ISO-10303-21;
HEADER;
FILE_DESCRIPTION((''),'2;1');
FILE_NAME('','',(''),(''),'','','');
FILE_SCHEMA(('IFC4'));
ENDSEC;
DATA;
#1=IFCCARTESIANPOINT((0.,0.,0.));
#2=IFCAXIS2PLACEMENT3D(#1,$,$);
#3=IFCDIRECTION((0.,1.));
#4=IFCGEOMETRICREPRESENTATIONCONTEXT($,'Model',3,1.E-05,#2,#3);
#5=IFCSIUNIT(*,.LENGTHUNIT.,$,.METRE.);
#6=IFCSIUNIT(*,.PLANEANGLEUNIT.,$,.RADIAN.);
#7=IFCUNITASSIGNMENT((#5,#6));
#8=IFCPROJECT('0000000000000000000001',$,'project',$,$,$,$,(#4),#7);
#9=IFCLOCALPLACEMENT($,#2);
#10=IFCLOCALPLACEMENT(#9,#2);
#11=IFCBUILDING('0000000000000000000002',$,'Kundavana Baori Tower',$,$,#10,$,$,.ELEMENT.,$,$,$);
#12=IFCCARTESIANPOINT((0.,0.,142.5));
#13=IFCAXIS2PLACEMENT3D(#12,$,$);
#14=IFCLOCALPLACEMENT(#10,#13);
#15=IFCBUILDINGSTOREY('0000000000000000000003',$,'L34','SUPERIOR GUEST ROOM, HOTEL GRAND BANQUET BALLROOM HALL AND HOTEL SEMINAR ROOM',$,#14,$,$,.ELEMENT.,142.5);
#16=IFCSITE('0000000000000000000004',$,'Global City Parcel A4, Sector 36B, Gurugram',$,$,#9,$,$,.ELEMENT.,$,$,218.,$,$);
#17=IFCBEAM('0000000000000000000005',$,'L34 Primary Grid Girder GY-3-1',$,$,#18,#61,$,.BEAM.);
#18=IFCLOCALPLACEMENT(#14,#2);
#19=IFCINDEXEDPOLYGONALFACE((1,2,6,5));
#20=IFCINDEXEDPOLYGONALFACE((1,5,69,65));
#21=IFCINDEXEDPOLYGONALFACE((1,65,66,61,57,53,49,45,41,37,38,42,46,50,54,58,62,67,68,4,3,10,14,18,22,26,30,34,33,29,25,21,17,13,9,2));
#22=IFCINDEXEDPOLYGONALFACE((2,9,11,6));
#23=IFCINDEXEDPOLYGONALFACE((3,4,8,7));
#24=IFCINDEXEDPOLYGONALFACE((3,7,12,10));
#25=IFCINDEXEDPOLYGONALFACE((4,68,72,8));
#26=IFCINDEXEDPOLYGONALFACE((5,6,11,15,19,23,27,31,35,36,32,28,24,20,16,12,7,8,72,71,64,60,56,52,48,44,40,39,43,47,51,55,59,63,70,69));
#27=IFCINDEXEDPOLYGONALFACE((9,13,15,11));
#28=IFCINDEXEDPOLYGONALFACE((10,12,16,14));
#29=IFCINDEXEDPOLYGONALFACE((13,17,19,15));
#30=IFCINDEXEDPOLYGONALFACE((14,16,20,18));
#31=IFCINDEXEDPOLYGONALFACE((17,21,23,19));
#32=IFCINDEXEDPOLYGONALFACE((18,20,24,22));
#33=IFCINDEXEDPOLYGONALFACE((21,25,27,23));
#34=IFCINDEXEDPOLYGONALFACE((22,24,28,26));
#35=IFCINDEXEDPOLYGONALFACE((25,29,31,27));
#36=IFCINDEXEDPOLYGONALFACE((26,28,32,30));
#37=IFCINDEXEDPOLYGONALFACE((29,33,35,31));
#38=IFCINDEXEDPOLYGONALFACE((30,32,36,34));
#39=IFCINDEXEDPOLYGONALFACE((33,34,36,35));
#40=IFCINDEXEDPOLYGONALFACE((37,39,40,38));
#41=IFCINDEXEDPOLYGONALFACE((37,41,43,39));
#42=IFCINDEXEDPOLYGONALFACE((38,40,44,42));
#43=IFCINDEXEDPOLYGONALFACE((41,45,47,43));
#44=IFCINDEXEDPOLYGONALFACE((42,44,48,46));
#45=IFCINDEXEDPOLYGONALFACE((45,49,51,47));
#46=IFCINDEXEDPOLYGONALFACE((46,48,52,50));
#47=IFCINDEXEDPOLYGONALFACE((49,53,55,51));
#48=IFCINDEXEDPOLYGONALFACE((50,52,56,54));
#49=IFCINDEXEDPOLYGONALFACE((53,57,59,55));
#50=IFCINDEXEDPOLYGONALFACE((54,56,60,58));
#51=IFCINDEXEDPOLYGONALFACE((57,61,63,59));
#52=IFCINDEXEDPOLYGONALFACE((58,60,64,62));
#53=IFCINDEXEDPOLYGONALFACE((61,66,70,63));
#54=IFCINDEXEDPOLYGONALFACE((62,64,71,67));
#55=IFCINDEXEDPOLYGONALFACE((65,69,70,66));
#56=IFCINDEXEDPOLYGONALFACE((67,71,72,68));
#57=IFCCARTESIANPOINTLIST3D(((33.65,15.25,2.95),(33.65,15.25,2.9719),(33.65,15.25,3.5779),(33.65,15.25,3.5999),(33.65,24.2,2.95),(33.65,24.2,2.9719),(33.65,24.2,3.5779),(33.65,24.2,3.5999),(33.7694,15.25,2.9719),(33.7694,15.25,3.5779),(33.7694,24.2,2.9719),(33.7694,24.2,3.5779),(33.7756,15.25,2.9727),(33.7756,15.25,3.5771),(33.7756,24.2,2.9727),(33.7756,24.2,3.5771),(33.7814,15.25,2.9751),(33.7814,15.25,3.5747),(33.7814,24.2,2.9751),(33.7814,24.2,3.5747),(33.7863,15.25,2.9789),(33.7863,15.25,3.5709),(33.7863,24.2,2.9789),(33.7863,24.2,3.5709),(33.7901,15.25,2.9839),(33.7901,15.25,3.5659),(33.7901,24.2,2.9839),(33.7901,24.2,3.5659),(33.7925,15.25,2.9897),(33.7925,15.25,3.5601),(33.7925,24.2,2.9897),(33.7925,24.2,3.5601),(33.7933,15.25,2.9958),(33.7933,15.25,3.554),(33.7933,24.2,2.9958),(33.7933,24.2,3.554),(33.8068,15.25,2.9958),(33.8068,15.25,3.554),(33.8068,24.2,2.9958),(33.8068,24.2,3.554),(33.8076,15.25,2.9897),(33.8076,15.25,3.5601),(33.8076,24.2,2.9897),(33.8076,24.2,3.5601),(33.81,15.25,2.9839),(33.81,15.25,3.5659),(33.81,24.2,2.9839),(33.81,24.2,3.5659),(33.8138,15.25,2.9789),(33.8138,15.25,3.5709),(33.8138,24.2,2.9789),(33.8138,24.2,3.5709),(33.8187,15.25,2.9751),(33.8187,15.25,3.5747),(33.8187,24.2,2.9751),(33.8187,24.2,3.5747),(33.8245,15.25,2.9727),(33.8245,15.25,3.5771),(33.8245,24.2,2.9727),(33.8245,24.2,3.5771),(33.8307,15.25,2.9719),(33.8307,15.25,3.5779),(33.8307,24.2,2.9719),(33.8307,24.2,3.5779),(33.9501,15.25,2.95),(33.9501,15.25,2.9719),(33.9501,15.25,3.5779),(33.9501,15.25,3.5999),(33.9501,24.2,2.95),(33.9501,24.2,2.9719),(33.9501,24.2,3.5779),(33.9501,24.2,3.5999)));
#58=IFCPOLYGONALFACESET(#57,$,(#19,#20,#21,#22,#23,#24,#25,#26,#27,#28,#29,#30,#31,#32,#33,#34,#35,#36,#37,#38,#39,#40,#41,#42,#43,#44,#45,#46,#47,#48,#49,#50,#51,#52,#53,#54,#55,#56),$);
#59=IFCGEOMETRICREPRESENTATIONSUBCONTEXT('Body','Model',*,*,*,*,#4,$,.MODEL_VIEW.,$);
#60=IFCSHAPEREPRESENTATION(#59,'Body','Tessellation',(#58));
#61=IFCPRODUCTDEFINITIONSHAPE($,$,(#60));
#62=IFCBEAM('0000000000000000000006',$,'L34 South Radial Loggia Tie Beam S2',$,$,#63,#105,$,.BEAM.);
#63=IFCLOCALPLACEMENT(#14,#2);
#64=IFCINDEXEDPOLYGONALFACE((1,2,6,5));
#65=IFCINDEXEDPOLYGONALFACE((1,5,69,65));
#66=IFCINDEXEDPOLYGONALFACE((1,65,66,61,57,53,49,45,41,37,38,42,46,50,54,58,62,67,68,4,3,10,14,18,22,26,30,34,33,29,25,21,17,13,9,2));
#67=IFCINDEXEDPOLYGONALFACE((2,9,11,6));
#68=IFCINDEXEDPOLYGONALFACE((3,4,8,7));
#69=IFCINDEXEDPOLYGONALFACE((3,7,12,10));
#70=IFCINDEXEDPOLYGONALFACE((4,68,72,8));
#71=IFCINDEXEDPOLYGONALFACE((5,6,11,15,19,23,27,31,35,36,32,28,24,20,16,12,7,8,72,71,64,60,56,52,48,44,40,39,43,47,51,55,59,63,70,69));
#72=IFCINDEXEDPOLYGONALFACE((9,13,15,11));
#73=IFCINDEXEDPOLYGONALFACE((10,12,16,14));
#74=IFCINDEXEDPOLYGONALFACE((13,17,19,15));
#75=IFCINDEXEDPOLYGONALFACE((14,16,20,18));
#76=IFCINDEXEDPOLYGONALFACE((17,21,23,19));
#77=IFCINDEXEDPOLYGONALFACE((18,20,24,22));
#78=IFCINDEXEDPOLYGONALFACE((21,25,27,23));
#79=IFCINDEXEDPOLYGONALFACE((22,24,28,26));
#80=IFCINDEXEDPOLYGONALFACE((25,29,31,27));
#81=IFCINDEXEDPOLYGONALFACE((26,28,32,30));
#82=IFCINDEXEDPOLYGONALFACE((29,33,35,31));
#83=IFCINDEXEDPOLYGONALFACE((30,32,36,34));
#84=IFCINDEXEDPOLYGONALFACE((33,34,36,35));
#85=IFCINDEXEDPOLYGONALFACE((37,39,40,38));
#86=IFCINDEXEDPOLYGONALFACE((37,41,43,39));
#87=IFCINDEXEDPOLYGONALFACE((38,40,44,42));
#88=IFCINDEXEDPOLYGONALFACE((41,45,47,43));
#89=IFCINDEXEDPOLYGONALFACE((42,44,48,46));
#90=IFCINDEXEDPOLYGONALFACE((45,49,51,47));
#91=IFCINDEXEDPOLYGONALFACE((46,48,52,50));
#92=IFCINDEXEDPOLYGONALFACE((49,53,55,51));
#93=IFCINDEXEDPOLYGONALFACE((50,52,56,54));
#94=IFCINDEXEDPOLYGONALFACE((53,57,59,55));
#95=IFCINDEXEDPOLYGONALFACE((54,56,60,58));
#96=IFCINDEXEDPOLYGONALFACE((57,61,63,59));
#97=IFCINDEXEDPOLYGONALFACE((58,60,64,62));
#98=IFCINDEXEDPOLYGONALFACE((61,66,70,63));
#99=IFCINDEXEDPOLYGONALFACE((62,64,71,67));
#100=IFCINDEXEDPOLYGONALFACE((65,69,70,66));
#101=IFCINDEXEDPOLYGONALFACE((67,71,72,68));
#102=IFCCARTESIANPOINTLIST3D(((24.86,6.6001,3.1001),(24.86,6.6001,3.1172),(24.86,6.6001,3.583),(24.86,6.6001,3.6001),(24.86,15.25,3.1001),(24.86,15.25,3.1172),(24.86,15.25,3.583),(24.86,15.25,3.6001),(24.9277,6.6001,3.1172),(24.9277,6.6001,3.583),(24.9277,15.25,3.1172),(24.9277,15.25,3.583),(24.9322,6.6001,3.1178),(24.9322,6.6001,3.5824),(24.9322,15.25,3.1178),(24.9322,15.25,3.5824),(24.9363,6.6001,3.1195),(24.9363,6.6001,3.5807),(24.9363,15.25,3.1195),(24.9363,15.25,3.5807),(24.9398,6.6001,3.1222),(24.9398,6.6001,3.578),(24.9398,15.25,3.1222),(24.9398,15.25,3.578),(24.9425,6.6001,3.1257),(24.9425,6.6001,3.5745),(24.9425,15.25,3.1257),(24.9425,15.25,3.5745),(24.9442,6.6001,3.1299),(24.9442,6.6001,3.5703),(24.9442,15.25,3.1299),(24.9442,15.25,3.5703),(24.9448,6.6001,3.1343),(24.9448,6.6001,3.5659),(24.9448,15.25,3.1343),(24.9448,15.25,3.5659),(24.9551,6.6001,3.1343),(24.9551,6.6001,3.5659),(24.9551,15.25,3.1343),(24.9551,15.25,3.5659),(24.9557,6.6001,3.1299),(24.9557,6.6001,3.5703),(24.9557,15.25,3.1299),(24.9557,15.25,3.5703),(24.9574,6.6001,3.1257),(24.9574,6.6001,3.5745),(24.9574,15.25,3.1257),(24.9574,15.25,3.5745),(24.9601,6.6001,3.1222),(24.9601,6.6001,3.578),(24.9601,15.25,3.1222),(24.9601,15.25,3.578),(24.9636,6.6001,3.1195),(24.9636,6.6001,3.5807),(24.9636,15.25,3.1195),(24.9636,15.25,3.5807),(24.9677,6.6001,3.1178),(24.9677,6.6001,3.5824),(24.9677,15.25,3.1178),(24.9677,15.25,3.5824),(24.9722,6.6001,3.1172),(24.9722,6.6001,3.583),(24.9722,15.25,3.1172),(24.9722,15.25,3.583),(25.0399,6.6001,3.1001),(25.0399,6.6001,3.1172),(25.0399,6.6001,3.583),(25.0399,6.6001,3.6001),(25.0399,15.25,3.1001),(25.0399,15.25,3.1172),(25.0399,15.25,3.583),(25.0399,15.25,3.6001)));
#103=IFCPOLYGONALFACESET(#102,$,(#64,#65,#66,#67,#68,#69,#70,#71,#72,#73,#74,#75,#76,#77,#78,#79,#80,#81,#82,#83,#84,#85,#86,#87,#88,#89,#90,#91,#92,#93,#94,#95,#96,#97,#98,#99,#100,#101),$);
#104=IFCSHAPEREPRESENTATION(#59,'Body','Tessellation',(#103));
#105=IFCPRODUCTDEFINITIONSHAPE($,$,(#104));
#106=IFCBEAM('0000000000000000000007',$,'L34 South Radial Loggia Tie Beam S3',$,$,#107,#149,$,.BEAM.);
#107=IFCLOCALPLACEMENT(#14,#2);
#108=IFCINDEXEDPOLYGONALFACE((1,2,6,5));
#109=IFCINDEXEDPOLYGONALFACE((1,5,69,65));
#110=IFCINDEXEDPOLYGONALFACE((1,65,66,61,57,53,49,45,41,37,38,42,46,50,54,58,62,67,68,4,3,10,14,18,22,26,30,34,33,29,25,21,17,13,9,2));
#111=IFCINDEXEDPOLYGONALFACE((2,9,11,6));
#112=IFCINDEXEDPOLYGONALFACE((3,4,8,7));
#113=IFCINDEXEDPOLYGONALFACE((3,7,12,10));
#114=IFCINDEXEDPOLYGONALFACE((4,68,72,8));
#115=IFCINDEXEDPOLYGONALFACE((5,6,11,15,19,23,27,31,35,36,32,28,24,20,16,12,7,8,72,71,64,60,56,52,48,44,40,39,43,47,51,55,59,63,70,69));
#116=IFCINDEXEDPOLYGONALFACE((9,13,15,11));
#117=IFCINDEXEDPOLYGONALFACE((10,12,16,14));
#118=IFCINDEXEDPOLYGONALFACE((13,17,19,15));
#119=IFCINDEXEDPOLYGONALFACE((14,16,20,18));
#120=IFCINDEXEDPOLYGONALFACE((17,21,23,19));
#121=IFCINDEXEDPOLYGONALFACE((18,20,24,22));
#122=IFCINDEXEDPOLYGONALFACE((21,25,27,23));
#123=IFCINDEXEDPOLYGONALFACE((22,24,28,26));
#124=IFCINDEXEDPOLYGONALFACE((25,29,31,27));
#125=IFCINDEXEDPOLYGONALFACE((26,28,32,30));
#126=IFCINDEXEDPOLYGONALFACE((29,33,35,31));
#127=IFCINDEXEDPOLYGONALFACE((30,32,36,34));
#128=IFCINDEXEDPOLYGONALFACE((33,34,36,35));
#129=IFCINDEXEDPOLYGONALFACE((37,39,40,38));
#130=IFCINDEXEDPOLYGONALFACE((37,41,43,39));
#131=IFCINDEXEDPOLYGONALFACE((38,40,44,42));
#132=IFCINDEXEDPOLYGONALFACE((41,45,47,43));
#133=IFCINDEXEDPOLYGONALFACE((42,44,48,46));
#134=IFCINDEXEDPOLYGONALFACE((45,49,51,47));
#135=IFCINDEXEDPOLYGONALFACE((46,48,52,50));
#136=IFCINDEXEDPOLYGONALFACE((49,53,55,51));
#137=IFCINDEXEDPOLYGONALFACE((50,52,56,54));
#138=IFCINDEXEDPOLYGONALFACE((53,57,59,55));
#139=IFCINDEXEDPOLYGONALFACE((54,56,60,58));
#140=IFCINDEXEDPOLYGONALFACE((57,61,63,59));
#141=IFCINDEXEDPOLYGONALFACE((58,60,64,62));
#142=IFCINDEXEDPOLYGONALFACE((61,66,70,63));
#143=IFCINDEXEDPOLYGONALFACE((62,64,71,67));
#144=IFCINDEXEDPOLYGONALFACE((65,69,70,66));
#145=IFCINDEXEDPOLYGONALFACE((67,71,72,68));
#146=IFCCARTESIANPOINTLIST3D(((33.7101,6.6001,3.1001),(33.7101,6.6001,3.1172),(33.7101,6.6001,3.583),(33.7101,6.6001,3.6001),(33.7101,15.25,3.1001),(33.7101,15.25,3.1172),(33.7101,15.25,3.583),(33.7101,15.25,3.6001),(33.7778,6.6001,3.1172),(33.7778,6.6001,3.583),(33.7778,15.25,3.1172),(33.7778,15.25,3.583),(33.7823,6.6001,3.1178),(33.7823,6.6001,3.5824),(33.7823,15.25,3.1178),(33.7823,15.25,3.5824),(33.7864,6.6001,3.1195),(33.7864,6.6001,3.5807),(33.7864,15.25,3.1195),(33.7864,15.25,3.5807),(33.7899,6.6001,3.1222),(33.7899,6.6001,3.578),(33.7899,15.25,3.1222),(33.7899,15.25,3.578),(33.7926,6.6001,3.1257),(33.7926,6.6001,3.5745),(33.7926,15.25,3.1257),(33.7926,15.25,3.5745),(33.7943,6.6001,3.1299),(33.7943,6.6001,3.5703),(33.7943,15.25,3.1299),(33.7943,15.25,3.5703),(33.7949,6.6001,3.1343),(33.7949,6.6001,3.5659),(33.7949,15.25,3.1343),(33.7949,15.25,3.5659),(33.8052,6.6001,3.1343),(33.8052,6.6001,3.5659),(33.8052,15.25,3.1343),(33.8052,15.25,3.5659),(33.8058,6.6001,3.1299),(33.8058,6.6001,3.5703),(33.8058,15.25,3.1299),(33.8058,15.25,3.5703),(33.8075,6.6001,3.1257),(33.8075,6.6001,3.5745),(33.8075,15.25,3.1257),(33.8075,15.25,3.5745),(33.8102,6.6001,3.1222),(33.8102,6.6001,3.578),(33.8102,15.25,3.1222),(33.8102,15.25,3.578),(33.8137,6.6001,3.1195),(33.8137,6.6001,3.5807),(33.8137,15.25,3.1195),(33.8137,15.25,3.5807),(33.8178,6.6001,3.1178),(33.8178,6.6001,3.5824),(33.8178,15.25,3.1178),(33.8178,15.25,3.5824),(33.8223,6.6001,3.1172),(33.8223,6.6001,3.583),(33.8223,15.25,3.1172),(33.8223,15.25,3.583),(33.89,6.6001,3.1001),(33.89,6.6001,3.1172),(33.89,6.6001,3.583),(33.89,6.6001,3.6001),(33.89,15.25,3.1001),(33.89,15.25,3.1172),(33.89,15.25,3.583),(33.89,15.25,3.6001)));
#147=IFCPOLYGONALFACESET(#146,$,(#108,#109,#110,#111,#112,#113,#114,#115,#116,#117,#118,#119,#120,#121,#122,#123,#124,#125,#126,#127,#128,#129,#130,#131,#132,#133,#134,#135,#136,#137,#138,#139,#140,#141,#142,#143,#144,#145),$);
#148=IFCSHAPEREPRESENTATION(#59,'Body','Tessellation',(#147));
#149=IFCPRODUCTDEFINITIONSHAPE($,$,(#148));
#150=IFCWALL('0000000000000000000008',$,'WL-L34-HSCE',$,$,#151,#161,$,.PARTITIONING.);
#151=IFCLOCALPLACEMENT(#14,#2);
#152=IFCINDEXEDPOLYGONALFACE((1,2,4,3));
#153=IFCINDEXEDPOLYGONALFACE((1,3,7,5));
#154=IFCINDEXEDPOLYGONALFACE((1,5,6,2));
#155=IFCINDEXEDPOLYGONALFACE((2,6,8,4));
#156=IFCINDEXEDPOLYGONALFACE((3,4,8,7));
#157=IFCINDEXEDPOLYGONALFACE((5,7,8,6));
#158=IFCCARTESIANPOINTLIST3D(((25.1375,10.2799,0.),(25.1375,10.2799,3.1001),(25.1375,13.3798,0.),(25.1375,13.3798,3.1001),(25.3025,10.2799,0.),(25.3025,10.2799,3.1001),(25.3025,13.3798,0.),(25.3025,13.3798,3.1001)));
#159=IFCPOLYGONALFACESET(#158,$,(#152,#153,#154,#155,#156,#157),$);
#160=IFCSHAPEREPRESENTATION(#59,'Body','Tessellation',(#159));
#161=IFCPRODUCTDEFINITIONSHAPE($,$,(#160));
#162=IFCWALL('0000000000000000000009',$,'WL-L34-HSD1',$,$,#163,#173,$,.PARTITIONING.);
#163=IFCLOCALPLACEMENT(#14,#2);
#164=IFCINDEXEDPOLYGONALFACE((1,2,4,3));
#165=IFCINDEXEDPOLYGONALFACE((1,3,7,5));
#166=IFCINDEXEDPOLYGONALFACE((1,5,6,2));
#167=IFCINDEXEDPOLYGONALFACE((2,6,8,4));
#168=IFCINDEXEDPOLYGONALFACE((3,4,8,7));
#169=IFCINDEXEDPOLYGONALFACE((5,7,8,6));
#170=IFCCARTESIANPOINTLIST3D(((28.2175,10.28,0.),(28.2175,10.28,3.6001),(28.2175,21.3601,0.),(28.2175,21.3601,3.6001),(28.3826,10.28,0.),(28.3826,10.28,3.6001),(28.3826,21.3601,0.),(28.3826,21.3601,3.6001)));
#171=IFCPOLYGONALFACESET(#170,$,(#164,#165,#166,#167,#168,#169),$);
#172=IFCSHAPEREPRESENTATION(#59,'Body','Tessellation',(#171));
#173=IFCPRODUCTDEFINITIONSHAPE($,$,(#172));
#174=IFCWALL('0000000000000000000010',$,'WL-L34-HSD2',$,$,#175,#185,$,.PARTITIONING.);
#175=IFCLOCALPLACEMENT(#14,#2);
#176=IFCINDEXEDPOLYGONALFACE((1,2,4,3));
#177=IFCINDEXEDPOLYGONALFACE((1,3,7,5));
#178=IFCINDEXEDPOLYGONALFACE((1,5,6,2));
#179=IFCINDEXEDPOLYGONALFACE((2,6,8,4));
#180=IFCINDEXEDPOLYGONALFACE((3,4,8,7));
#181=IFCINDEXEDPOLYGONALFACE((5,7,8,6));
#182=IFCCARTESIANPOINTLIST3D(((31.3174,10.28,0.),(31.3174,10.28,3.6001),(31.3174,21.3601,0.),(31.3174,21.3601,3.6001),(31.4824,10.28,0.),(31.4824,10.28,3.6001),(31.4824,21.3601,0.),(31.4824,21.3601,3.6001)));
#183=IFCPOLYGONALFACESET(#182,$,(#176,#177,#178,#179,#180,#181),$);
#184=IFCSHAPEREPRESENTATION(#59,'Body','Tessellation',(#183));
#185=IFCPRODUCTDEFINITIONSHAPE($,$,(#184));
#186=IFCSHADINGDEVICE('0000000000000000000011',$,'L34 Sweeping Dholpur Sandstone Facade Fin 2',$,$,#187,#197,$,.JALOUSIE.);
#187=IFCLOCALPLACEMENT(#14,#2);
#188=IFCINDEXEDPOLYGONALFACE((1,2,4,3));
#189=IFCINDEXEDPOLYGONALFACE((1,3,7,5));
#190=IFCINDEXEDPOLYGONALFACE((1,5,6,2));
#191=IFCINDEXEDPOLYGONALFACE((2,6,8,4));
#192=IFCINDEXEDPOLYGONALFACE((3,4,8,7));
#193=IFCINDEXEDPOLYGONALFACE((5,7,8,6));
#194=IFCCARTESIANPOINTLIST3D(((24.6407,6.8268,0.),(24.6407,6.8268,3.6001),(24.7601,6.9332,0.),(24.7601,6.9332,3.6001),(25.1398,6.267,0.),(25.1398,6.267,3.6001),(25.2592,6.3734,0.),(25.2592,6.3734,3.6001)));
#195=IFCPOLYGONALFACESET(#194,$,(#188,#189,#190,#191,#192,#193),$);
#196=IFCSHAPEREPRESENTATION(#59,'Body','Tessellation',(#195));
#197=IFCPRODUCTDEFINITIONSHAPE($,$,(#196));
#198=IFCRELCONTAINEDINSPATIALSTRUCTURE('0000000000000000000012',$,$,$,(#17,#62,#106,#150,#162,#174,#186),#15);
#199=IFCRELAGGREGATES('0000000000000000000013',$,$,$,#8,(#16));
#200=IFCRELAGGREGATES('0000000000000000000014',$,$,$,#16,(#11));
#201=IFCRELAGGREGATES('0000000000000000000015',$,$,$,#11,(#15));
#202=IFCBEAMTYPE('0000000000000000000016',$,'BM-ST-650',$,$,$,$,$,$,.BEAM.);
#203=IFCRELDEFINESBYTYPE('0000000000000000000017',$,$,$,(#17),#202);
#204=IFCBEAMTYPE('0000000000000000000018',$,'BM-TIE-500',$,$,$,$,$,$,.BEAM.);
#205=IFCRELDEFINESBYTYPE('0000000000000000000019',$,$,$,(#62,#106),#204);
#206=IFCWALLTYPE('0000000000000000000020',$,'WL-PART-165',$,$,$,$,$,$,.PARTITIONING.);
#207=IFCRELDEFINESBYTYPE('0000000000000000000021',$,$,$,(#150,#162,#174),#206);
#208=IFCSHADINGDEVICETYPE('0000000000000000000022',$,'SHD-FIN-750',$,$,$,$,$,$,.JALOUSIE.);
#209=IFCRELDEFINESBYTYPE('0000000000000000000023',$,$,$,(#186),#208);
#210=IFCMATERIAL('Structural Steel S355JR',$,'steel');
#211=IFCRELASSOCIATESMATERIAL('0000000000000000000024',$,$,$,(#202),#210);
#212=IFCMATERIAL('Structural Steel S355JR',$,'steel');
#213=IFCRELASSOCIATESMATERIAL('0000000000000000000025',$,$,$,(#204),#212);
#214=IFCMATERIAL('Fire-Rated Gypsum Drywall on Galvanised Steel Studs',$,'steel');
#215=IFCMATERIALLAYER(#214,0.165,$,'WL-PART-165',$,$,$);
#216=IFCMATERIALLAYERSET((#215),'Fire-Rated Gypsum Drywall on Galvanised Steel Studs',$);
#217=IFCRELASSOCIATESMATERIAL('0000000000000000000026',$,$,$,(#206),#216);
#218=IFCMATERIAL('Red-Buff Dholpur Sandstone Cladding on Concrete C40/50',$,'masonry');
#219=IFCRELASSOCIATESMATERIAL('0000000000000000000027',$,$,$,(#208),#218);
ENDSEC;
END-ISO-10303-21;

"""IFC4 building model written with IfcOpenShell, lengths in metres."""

from ifc_helpers import new_model, si_unit, direction, frame, frame_2d, origin, origin_2d, place, context, subcontext, project, spatial, rectangle, i_section, extrude, material, layer, layer_set, material_profile, profile_set, type_object, element, save


model = new_model("IFC4")

# Units and contexts
model_context = context("Model", 3, precision=1e-05, world=origin(), true_north=direction((0.0, 1.0)))
body_context = subcontext(model_context, "Body", "Model", "MODEL_VIEW")
ifc_project = project(units=[si_unit("LENGTHUNIT", "METRE"), si_unit("PLANEANGLEUNIT", "RADIAN")], contexts=[model_context])

# Site, building, storey
site_placement = place(None, origin())
site = spatial("IfcSite", under=ifc_project, at=site_placement, Name="Global City Parcel A4, Sector 36B, Gurugram", CompositionType="ELEMENT", RefElevation=218.0)
building_placement = place(site_placement, origin())
building = spatial("IfcBuilding", under=site, at=building_placement, Name="Kundavana Baori Tower", CompositionType="ELEMENT")
storey_placement = place(building_placement, frame((0.0, 0.0, 142.5)))
storey = spatial("IfcBuildingStorey", under=building, at=storey_placement, Name="L34", Description="SUPERIOR GUEST ROOM, HOTEL GRAND BANQUET BALLROOM HALL AND HOTEL SEMINAR ROOM", CompositionType="ELEMENT", Elevation=142.5)

# Beams
ifc_material_1 = material(Name="Structural Steel S355JR", Category="steel")
ifc_material_profile_1 = material_profile(ifc_material_1, i_section(OverallWidth=0.3, OverallDepth=0.6499, WebThickness=0.0134, FlangeThickness=0.022, FilletRadius=0.0239, at=origin_2d()), Name="NPB 650x300x155")
ifc_profile_set_1 = profile_set([ifc_material_profile_1], Name="Structural Steel S355JR")
beam_type_1 = type_object("IfcBeamType", Name="BM-ST-650", PredefinedType="BEAM", material=ifc_profile_set_1)
beam_1_placement = place(storey_placement, frame((33.8, 15.25, 3.2749), z_axis=(0.0, 1.0, 0.0), x_axis=(-1.0, 0.0, 0.0)))
element("IfcBeam", 1, at=beam_1_placement, inside=storey, type_object=beam_type_1, Name="L34 Primary Grid Girder GY-3-1", PredefinedType="BEAM", context=body_context, shape_type="SweptSolid", body=[
    extrude(i_section(OverallWidth=0.3, OverallDepth=0.6499, WebThickness=0.0134, FlangeThickness=0.022, FilletRadius=0.0239, at=origin_2d()), origin(), (0.0, 0.0, 1.0), 8.95),
])
ifc_material_2 = material(Name="Structural Steel S355JR", Category="steel")
ifc_material_profile_2 = material_profile(ifc_material_2, i_section(OverallWidth=0.1799, OverallDepth=0.5, WebThickness=0.0103, FlangeThickness=0.0171, FilletRadius=0.0171, at=origin_2d()), Name="ISMB 500")
ifc_profile_set_2 = profile_set([ifc_material_profile_2], Name="Structural Steel S355JR")
beam_type_2 = type_object("IfcBeamType", Name="BM-TIE-500", PredefinedType="BEAM", material=ifc_profile_set_2)
for number, where, z_axis, x_axis, name in (
    (2, (24.95, 15.25, 3.3501), (0.0, -1.0, 0.0), (1.0, 0.0, 0.0), "L34 South Radial Loggia Tie Beam S2"),
    (3, (33.8, 15.25, 3.3501), (0.0, -1.0, 0.0), (1.0, 0.0, 0.0), "L34 South Radial Loggia Tie Beam S3"),
):
    element("IfcBeam", number, at=place(storey_placement, frame(where, z_axis=z_axis, x_axis=x_axis)), inside=storey, type_object=beam_type_2, Name=name, PredefinedType="BEAM", context=body_context, shape_type="SweptSolid", body=[
        extrude(i_section(OverallWidth=0.1799, OverallDepth=0.5, WebThickness=0.0103, FlangeThickness=0.0171, FilletRadius=0.0171, at=origin_2d()), origin(), (0.0, 0.0, 1.0), 8.6499),
    ])

# Walls
ifc_material_3 = material(Name="Fire-Rated Gypsum Drywall on Galvanised Steel Studs", Category="steel")
ifc_layer = layer(ifc_material_3, 0.165, Name="WL-PART-165")
ifc_layer_set = layer_set([ifc_layer], Name="Fire-Rated Gypsum Drywall on Galvanised Steel Studs")
wall_type = type_object("IfcWallType", Name="WL-PART-165", PredefinedType="PARTITIONING", material=ifc_layer_set)
wall_placement = place(storey_placement, frame((25.22, 10.28, 0.0), z_axis=(0.0, 0.0, 1.0), x_axis=(0.0, 1.0, 0.0)))
element("IfcWall", 4, at=wall_placement, inside=storey, type_object=wall_type, Name="WL-L34-HSCE", PredefinedType="PARTITIONING", context=body_context, shape_type="SweptSolid", body=[
    extrude(rectangle(XDim=3.0999, YDim=0.165, at=frame_2d((1.5498, 0.0))), origin(), (0.0, 0.0, 1.0), 3.1001),
])
for number, where, z_axis, x_axis, name in (
    (5, (28.3, 10.28, 0.0), (0.0, 0.0, 1.0), (0.0, 1.0, 0.0), "WL-L34-HSD1"),
    (6, (31.3999, 10.28, 0.0), (0.0, 0.0, 1.0), (0.0, 1.0, 0.0), "WL-L34-HSD2"),
):
    element("IfcWall", number, at=place(storey_placement, frame(where, z_axis=z_axis, x_axis=x_axis)), inside=storey, type_object=wall_type, Name=name, PredefinedType="PARTITIONING", context=body_context, shape_type="SweptSolid", body=[
        extrude(rectangle(XDim=11.0801, YDim=0.165, at=frame_2d((5.54, 0.0))), origin(), (0.0, 0.0, 1.0), 3.6001),
    ])

# Shading device
ifc_material_4 = material(Name="Red-Buff Dholpur Sandstone Cladding on Concrete C40/50", Category="masonry")
shading_device_type_1 = type_object("IfcShadingDeviceType", Name="SHD-FIN-750", PredefinedType="JALOUSIE", material=ifc_material_4)
shading_device_1_placement = place(storey_placement, frame((24.95, 6.6001, 0.0), z_axis=(0.0, 0.0, 1.0), x_axis=(0.746406, 0.665491, 0.0)))
element("IfcShadingDevice", 7, at=shading_device_1_placement, inside=storey, type_object=shading_device_type_1, Name="L34 Sweeping Dholpur Sandstone Facade Fin 2", PredefinedType="JALOUSIE", context=body_context, shape_type="SweptSolid", body=[
    extrude(rectangle(XDim=0.1599, YDim=0.75, at=origin_2d()), origin(), (0.0, 0.0, 1.0), 3.6001),
])

save(model, "model.ifc")
